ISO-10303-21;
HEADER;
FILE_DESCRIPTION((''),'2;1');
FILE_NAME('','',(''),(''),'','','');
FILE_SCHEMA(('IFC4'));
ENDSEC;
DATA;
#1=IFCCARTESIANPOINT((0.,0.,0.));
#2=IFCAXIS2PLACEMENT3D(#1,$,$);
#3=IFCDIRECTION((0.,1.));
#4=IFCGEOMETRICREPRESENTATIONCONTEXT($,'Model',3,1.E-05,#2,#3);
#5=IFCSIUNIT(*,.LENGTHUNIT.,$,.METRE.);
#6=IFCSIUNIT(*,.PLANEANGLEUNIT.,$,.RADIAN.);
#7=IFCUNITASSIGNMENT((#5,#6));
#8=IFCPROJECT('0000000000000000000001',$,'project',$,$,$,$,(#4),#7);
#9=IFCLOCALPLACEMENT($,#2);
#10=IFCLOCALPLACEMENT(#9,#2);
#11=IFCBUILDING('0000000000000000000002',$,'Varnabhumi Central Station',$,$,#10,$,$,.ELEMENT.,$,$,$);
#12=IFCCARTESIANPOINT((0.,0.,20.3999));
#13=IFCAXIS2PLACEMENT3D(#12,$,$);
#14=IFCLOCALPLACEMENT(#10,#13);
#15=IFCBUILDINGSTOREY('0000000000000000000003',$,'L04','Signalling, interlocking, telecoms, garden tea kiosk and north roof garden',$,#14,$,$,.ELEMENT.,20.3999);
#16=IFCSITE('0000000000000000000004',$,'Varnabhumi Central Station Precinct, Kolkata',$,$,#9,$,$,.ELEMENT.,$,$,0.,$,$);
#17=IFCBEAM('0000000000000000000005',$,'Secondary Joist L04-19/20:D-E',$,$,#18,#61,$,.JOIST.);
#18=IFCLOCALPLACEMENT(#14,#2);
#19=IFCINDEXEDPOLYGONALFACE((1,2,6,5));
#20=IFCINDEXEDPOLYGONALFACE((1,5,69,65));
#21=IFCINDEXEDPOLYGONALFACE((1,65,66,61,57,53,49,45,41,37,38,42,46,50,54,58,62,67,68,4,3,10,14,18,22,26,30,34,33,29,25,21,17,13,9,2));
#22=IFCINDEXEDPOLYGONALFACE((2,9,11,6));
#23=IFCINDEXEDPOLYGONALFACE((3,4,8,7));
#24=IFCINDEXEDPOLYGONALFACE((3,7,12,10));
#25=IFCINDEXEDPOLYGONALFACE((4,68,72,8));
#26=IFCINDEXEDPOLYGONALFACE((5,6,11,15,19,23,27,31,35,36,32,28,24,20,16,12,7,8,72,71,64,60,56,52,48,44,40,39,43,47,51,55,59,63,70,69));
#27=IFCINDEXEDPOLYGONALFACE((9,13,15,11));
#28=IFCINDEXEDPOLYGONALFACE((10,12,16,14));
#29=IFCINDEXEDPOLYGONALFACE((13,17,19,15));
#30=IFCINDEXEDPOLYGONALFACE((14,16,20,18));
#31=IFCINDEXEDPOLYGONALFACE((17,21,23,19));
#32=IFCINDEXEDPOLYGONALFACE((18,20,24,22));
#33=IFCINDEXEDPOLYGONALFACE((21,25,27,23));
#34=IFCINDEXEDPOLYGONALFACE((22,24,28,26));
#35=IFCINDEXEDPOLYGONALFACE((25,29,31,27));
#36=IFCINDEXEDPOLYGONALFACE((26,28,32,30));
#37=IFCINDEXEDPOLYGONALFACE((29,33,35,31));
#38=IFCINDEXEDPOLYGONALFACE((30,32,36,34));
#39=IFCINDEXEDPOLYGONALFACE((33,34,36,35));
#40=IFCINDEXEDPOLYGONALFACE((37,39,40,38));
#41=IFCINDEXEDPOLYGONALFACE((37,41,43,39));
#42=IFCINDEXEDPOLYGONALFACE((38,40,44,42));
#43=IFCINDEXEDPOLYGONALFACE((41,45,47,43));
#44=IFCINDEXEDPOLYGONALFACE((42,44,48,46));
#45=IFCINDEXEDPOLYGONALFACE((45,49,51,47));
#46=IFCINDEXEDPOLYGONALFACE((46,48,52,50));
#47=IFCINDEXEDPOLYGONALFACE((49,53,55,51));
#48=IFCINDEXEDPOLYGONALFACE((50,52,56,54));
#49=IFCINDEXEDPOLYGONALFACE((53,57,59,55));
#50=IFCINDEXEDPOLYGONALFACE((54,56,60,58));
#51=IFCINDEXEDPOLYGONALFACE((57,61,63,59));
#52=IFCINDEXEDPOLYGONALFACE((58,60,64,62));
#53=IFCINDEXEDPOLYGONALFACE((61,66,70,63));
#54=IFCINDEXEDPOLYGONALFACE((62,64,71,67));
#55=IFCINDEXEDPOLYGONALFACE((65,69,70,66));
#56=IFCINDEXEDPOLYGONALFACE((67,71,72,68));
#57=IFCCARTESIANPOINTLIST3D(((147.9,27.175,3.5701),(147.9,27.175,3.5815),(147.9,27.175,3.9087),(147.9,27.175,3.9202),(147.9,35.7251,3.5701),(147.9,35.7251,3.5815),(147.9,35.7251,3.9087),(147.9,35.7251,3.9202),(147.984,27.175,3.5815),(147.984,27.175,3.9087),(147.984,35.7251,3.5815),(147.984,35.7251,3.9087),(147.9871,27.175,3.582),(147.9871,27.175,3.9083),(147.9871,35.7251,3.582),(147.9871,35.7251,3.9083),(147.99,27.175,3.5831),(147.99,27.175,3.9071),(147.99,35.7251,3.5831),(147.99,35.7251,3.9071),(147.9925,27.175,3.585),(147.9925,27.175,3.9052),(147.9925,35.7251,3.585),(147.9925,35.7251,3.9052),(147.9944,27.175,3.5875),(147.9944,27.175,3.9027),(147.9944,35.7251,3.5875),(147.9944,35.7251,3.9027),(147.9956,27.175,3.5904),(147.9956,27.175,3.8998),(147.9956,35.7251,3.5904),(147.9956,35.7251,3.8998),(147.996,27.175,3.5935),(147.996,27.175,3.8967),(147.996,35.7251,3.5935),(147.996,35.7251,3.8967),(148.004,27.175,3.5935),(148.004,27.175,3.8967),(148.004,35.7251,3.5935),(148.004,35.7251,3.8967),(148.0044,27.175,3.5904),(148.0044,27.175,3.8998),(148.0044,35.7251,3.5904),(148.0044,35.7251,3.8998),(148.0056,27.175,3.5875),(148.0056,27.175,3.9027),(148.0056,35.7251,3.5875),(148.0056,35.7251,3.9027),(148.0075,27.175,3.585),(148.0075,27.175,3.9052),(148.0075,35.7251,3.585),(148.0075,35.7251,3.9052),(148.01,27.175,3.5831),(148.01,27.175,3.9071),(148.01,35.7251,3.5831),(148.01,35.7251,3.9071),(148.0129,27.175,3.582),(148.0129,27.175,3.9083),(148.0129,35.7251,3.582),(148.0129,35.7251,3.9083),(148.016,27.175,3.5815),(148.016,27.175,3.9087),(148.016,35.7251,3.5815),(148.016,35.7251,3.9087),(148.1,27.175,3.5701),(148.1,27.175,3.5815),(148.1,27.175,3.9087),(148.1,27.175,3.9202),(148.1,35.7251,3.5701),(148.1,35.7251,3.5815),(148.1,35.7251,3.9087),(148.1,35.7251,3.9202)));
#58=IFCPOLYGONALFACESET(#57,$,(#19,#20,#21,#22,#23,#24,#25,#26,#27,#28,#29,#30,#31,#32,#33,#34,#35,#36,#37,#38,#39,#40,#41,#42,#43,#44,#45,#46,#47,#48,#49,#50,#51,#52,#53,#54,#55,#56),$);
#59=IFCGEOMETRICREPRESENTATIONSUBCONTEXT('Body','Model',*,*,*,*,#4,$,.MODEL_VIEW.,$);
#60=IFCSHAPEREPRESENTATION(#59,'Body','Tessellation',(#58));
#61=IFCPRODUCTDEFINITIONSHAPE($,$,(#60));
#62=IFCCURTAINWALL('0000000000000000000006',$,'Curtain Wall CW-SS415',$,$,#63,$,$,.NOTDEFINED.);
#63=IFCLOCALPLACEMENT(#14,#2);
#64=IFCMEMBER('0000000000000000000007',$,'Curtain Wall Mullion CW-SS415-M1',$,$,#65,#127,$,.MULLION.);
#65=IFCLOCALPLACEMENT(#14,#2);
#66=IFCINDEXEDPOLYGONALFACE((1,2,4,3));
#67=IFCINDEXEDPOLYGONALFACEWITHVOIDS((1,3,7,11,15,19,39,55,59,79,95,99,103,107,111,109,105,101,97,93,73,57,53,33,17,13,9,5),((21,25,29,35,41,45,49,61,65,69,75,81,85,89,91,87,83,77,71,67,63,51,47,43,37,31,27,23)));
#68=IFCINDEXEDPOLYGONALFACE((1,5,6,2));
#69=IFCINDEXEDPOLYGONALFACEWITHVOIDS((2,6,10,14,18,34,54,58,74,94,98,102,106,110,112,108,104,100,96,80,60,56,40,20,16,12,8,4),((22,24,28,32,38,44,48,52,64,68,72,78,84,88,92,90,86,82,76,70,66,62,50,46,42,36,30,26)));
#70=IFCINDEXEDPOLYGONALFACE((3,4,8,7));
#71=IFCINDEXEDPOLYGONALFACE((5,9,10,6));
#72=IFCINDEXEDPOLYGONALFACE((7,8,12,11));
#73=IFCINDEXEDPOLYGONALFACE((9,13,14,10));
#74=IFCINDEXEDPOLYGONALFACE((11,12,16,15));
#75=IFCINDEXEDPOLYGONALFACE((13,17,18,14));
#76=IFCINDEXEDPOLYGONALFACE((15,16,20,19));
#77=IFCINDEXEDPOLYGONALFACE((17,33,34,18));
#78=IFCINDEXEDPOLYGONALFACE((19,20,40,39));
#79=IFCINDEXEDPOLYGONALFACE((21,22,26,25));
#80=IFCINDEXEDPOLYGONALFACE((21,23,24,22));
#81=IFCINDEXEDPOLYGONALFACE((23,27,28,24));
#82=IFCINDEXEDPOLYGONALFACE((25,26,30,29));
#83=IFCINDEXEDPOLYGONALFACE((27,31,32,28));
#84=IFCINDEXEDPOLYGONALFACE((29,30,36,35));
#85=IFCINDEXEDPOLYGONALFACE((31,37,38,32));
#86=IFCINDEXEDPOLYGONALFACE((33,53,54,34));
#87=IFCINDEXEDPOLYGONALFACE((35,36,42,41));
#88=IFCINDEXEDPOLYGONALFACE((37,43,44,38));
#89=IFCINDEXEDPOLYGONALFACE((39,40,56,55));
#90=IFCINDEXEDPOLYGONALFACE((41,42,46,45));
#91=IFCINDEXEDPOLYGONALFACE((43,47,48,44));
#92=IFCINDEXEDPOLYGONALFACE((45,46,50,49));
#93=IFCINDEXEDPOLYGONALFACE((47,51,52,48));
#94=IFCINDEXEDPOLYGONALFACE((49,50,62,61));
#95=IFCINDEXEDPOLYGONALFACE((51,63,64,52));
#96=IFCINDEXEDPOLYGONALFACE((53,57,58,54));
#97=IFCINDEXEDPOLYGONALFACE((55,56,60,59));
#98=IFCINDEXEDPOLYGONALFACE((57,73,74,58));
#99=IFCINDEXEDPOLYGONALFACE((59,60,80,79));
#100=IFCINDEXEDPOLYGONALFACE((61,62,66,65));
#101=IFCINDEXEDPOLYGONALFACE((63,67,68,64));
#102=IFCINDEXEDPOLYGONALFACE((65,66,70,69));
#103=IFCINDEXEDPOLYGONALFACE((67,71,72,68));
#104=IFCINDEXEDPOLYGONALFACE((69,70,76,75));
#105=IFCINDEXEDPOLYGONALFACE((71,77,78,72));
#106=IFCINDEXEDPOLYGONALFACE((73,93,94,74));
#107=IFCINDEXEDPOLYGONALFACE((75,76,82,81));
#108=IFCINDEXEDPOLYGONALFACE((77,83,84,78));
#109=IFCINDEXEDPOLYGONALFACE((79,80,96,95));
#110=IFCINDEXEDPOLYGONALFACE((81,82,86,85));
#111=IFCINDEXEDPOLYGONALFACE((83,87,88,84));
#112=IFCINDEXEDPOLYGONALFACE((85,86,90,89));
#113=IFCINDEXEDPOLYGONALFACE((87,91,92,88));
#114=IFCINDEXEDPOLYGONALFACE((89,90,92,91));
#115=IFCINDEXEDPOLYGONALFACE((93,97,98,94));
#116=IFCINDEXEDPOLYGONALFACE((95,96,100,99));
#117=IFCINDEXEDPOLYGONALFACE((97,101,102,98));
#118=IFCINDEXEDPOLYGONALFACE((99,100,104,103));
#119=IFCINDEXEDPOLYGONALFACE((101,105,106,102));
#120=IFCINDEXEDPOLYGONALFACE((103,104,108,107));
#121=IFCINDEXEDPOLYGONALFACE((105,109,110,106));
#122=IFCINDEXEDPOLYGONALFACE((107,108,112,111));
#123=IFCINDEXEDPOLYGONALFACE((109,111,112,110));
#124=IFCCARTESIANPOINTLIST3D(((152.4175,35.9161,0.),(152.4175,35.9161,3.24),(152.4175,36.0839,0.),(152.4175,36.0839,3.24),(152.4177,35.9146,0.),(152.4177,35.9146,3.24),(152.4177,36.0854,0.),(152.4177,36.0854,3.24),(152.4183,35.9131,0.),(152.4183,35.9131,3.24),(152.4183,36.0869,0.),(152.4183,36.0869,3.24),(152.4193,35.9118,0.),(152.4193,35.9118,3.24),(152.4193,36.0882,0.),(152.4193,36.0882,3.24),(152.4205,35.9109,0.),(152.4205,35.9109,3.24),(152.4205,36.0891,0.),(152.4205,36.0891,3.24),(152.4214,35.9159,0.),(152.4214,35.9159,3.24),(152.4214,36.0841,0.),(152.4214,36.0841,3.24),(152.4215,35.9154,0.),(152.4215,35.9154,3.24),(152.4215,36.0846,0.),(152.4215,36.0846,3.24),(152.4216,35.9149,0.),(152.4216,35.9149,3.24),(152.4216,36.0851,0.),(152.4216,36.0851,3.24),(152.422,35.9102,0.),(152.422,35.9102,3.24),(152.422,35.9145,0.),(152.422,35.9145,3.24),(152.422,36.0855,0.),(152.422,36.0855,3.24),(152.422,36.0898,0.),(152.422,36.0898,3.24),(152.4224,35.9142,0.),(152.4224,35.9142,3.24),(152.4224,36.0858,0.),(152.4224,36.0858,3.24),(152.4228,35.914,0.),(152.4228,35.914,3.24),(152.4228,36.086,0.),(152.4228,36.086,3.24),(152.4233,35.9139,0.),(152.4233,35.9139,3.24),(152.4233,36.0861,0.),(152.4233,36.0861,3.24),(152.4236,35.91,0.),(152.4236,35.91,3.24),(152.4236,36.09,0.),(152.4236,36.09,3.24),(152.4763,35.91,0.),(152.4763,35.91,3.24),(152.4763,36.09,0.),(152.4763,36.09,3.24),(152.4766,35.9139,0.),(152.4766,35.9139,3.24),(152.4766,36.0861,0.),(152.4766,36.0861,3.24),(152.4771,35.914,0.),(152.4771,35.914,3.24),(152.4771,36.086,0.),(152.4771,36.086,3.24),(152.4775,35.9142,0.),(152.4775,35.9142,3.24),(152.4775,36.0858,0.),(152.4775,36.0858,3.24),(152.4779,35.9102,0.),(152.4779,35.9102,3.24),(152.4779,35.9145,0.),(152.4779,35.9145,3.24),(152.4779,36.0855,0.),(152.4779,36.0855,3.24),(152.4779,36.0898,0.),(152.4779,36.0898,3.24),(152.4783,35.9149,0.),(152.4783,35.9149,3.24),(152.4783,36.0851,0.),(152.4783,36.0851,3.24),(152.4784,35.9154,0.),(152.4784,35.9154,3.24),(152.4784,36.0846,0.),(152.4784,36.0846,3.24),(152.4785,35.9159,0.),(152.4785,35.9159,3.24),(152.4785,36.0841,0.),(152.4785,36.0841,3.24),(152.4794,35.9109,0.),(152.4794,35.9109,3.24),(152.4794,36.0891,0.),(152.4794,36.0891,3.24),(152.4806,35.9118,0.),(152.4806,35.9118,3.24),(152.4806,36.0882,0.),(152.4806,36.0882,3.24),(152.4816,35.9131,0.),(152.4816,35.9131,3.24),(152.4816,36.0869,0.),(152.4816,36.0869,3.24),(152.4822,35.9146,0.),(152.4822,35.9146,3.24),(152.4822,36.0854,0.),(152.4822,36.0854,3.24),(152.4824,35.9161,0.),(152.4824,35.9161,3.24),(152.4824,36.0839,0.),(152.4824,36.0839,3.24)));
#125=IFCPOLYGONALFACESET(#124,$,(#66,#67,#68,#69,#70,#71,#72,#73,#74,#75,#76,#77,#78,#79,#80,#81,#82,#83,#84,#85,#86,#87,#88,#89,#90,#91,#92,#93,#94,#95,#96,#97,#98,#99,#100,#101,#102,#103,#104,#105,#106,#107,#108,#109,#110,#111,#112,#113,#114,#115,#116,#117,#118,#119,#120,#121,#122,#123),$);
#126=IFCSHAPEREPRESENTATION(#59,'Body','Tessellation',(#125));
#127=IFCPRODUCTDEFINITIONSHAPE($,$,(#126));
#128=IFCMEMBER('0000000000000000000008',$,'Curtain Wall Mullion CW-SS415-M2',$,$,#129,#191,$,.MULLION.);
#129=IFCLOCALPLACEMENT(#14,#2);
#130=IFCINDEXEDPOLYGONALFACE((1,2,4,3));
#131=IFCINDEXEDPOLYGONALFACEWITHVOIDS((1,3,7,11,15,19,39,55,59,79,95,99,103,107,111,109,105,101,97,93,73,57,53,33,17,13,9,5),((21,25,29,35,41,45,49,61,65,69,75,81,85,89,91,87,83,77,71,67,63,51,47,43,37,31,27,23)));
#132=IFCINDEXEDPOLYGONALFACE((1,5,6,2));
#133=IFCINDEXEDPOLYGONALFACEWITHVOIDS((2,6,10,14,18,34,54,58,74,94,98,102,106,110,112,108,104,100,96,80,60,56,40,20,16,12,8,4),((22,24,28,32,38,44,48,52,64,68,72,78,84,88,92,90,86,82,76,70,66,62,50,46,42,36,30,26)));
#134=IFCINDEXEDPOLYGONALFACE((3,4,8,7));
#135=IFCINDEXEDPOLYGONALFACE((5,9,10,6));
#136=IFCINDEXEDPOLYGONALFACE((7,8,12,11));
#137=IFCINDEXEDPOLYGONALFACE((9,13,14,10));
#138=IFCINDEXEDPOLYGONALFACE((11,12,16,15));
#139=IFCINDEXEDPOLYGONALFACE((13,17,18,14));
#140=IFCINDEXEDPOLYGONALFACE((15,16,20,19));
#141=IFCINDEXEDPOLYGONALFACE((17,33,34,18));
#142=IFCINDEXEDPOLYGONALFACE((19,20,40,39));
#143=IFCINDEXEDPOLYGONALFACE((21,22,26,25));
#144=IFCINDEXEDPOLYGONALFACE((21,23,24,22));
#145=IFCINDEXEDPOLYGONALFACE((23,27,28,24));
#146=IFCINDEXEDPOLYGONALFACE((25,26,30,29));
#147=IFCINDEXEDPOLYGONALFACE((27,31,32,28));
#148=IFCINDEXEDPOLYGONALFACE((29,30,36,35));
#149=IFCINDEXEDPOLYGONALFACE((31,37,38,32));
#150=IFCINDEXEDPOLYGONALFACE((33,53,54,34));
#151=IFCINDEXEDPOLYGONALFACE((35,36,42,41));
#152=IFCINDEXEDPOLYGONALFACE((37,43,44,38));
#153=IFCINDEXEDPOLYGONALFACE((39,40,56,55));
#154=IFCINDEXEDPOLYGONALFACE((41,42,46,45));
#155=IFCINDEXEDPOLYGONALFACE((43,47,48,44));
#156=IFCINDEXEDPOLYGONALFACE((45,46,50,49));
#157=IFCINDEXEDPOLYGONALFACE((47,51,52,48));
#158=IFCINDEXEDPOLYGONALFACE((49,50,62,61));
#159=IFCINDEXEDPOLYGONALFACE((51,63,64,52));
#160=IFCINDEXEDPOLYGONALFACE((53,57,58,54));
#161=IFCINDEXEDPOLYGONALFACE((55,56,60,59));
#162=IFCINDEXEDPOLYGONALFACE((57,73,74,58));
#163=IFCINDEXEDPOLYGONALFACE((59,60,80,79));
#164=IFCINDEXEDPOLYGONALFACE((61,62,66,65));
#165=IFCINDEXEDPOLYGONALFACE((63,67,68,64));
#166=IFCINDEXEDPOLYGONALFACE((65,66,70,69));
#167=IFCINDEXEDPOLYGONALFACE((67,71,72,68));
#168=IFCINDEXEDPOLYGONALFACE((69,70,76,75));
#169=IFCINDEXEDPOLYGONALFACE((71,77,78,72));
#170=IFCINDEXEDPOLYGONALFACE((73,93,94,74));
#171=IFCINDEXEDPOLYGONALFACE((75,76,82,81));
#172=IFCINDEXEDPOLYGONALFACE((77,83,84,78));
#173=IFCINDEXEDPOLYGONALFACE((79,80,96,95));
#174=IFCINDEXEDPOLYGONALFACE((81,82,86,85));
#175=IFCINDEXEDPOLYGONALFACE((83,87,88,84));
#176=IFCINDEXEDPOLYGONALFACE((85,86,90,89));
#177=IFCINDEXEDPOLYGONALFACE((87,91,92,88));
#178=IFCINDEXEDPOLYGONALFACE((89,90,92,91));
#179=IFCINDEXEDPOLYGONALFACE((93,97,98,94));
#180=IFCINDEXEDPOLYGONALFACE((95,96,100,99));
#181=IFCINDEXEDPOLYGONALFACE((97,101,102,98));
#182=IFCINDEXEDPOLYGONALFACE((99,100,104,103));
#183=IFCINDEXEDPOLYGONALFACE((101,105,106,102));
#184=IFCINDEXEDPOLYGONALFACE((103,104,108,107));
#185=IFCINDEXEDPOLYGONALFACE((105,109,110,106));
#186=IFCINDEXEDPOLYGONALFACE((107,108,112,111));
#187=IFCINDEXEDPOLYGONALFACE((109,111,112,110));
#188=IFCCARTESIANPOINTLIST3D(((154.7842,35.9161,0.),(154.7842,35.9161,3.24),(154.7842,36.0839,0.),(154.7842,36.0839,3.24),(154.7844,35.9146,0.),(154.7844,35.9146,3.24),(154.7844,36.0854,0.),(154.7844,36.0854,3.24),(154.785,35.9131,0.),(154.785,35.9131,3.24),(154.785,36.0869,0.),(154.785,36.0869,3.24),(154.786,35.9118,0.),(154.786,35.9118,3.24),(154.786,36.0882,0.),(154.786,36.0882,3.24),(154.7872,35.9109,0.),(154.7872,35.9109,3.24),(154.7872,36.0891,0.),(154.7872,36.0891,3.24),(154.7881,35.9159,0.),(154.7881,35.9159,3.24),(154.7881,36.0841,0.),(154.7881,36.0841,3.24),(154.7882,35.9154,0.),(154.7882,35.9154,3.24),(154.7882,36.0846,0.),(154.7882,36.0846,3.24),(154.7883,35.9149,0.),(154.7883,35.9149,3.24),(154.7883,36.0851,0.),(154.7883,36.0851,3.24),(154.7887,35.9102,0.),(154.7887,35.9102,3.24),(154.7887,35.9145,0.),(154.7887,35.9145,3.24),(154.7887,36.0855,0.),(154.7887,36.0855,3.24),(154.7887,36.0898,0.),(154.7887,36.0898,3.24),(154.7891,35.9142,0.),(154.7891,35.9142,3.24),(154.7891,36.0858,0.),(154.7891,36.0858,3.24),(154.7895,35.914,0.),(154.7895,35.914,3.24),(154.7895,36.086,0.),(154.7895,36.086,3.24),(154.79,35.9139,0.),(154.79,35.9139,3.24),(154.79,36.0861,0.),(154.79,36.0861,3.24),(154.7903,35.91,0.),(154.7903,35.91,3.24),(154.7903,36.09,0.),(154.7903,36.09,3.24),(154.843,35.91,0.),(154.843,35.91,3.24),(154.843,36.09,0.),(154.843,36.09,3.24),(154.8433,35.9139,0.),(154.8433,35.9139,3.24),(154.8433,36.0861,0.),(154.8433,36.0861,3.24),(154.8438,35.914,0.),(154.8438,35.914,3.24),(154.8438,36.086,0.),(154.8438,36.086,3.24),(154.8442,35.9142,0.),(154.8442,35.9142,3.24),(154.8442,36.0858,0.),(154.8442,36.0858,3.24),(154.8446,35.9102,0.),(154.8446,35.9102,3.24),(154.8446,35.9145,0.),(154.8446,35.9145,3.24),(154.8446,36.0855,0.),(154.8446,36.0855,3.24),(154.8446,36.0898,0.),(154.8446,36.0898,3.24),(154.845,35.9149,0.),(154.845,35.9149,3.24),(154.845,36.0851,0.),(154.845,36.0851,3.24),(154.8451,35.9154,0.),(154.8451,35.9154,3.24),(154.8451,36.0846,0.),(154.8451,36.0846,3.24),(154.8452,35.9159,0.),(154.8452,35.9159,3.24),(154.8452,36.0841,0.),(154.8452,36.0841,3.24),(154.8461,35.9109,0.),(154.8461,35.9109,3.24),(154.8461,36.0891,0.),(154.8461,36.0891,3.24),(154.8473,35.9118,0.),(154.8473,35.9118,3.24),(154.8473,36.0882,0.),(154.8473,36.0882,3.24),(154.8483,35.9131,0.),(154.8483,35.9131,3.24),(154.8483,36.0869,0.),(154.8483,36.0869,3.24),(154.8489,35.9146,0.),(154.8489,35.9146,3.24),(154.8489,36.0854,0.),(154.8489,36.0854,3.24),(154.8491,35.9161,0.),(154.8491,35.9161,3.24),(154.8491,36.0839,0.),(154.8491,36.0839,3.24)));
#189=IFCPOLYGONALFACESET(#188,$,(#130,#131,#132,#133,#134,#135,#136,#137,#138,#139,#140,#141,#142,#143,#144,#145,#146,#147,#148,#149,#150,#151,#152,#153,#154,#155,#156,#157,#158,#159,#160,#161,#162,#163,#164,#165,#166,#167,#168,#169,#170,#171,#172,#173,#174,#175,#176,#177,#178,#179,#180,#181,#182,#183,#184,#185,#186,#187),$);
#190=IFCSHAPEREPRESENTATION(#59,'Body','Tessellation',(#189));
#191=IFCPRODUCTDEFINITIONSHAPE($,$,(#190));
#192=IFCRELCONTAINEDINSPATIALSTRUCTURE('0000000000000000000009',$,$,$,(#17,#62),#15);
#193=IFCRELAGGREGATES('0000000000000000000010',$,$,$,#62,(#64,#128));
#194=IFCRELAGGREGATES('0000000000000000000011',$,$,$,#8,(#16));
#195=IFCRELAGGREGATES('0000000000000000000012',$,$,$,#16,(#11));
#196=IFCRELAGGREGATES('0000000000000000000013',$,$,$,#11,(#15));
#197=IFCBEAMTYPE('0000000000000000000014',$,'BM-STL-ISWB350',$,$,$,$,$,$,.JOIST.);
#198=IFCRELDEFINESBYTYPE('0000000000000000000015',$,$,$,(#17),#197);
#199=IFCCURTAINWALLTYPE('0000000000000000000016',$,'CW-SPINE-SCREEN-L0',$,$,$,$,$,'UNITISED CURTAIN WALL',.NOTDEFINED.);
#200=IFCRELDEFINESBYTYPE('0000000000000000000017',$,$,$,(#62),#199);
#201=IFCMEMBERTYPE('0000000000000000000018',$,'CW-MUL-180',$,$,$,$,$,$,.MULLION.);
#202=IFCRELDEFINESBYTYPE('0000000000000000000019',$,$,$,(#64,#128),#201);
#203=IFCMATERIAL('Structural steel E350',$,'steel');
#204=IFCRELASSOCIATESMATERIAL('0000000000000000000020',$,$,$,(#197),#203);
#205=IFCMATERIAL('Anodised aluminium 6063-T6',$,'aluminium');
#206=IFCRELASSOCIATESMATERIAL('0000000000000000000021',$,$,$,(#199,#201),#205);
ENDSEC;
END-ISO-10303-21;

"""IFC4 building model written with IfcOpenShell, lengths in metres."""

from ifc_helpers import new_model, si_unit, direction, frame, origin, origin_2d, place, context, subcontext, project, spatial, hollow_rectangle, i_section, extrude, material, material_profile, profile_set, type_object, element, aggregate, save


model = new_model("IFC4")

# Units and contexts
model_context = context("Model", 3, precision=1e-05, world=origin(), true_north=direction((0.0, 1.0)))
body_context = subcontext(model_context, "Body", "Model", "MODEL_VIEW")
ifc_project = project(units=[si_unit("LENGTHUNIT", "METRE"), si_unit("PLANEANGLEUNIT", "RADIAN")], contexts=[model_context])

# Site, building, storey
site_placement = place(None, origin())
site = spatial("IfcSite", under=ifc_project, at=site_placement, Name="Varnabhumi Central Station Precinct, Kolkata", CompositionType="ELEMENT", RefElevation=0.0)
building_placement = place(site_placement, origin())
building = spatial("IfcBuilding", under=site, at=building_placement, Name="Varnabhumi Central Station", CompositionType="ELEMENT")
storey_placement = place(building_placement, frame((0.0, 0.0, 20.3999)))
storey = spatial("IfcBuildingStorey", under=building, at=storey_placement, Name="L04", Description="Signalling, interlocking, telecoms, garden tea kiosk and north roof garden", CompositionType="ELEMENT", Elevation=20.3999)

# Beam
ifc_material_1 = material(Name="Structural steel E350", Category="steel")
ifc_material_profile_1 = material_profile(ifc_material_1, i_section(OverallWidth=0.2, OverallDepth=0.3501, WebThickness=0.0081, FlangeThickness=0.0115, FilletRadius=0.012, at=origin_2d()), Name="Structural steel E350", Category="steel")
ifc_profile_set_1 = profile_set([ifc_material_profile_1], Name="Structural steel E350")
beam_type_1 = type_object("IfcBeamType", Name="BM-STL-ISWB350", PredefinedType="JOIST", material=ifc_profile_set_1)
beam_1_placement = place(storey_placement, frame((148.0, 27.175, 3.7451), z_axis=(0.0, 1.0, 0.0), x_axis=(-1.0, 0.0, 0.0)))
element("IfcBeam", 1, at=beam_1_placement, inside=storey, type_object=beam_type_1, Name="Secondary Joist L04-19/20:D-E", PredefinedType="JOIST", context=body_context, shape_type="SweptSolid", body=[
    extrude(i_section(OverallWidth=0.2, OverallDepth=0.3501, WebThickness=0.0081, FlangeThickness=0.0115, FilletRadius=0.012, at=origin_2d()), origin(), (0.0, 0.0, 1.0), 8.55),
])

# Curtain wall, members
ifc_material_2 = material(Name="Anodised aluminium 6063-T6", Category="aluminium")
curtain_wall_type = type_object("IfcCurtainWallType", Name="CW-SPINE-SCREEN-L0", ElementType="UNITISED CURTAIN WALL", PredefinedType="NOTDEFINED", material=ifc_material_2)
curtain_wall_placement = place(storey_placement, origin())
curtain_wall = element("IfcCurtainWall", 2, at=curtain_wall_placement, inside=storey, type_object=curtain_wall_type, Name="Curtain Wall CW-SS415", PredefinedType="NOTDEFINED")
ifc_material_profile_2 = material_profile(ifc_material_2, hollow_rectangle(XDim=0.0649, YDim=0.1799, WallThickness=0.0039, InnerFilletRadius=0.002, OuterFilletRadius=0.0061, at=origin_2d()), Name="Anodised aluminium 6063-T6", Category="aluminium")
ifc_profile_set_2 = profile_set([ifc_material_profile_2], Name="Anodised aluminium 6063-T6")
member_type_1 = type_object("IfcMemberType", Name="CW-MUL-180", PredefinedType="MULLION", material=ifc_profile_set_2)
member_1_placement = place(storey_placement, frame((152.45, 36.0, 0.0), z_axis=(0.0, 0.0, 1.0), x_axis=(1.0, 0.0, 0.0)))
member_1 = element("IfcMember", 3, at=member_1_placement, type_object=member_type_1, Name="Curtain Wall Mullion CW-SS415-M1", PredefinedType="MULLION", context=body_context, shape_type="SweptSolid", body=[
    extrude(hollow_rectangle(XDim=0.0649, YDim=0.1799, WallThickness=0.0039, InnerFilletRadius=0.002, OuterFilletRadius=0.0061, at=origin_2d()), origin(), (0.0, 0.0, 1.0), 3.24),
])
member_2_placement = place(storey_placement, frame((154.8167, 36.0, 0.0), z_axis=(0.0, 0.0, 1.0), x_axis=(1.0, 0.0, 0.0)))
member_2 = element("IfcMember", 4, at=member_2_placement, type_object=member_type_1, Name="Curtain Wall Mullion CW-SS415-M2", PredefinedType="MULLION", context=body_context, shape_type="SweptSolid", body=[
    extrude(hollow_rectangle(XDim=0.0649, YDim=0.1799, WallThickness=0.0039, InnerFilletRadius=0.002, OuterFilletRadius=0.0061, at=origin_2d()), origin(), (0.0, 0.0, 1.0), 3.24),
])
aggregate(curtain_wall, [member_1, member_2])

save(model, "model.ifc")
